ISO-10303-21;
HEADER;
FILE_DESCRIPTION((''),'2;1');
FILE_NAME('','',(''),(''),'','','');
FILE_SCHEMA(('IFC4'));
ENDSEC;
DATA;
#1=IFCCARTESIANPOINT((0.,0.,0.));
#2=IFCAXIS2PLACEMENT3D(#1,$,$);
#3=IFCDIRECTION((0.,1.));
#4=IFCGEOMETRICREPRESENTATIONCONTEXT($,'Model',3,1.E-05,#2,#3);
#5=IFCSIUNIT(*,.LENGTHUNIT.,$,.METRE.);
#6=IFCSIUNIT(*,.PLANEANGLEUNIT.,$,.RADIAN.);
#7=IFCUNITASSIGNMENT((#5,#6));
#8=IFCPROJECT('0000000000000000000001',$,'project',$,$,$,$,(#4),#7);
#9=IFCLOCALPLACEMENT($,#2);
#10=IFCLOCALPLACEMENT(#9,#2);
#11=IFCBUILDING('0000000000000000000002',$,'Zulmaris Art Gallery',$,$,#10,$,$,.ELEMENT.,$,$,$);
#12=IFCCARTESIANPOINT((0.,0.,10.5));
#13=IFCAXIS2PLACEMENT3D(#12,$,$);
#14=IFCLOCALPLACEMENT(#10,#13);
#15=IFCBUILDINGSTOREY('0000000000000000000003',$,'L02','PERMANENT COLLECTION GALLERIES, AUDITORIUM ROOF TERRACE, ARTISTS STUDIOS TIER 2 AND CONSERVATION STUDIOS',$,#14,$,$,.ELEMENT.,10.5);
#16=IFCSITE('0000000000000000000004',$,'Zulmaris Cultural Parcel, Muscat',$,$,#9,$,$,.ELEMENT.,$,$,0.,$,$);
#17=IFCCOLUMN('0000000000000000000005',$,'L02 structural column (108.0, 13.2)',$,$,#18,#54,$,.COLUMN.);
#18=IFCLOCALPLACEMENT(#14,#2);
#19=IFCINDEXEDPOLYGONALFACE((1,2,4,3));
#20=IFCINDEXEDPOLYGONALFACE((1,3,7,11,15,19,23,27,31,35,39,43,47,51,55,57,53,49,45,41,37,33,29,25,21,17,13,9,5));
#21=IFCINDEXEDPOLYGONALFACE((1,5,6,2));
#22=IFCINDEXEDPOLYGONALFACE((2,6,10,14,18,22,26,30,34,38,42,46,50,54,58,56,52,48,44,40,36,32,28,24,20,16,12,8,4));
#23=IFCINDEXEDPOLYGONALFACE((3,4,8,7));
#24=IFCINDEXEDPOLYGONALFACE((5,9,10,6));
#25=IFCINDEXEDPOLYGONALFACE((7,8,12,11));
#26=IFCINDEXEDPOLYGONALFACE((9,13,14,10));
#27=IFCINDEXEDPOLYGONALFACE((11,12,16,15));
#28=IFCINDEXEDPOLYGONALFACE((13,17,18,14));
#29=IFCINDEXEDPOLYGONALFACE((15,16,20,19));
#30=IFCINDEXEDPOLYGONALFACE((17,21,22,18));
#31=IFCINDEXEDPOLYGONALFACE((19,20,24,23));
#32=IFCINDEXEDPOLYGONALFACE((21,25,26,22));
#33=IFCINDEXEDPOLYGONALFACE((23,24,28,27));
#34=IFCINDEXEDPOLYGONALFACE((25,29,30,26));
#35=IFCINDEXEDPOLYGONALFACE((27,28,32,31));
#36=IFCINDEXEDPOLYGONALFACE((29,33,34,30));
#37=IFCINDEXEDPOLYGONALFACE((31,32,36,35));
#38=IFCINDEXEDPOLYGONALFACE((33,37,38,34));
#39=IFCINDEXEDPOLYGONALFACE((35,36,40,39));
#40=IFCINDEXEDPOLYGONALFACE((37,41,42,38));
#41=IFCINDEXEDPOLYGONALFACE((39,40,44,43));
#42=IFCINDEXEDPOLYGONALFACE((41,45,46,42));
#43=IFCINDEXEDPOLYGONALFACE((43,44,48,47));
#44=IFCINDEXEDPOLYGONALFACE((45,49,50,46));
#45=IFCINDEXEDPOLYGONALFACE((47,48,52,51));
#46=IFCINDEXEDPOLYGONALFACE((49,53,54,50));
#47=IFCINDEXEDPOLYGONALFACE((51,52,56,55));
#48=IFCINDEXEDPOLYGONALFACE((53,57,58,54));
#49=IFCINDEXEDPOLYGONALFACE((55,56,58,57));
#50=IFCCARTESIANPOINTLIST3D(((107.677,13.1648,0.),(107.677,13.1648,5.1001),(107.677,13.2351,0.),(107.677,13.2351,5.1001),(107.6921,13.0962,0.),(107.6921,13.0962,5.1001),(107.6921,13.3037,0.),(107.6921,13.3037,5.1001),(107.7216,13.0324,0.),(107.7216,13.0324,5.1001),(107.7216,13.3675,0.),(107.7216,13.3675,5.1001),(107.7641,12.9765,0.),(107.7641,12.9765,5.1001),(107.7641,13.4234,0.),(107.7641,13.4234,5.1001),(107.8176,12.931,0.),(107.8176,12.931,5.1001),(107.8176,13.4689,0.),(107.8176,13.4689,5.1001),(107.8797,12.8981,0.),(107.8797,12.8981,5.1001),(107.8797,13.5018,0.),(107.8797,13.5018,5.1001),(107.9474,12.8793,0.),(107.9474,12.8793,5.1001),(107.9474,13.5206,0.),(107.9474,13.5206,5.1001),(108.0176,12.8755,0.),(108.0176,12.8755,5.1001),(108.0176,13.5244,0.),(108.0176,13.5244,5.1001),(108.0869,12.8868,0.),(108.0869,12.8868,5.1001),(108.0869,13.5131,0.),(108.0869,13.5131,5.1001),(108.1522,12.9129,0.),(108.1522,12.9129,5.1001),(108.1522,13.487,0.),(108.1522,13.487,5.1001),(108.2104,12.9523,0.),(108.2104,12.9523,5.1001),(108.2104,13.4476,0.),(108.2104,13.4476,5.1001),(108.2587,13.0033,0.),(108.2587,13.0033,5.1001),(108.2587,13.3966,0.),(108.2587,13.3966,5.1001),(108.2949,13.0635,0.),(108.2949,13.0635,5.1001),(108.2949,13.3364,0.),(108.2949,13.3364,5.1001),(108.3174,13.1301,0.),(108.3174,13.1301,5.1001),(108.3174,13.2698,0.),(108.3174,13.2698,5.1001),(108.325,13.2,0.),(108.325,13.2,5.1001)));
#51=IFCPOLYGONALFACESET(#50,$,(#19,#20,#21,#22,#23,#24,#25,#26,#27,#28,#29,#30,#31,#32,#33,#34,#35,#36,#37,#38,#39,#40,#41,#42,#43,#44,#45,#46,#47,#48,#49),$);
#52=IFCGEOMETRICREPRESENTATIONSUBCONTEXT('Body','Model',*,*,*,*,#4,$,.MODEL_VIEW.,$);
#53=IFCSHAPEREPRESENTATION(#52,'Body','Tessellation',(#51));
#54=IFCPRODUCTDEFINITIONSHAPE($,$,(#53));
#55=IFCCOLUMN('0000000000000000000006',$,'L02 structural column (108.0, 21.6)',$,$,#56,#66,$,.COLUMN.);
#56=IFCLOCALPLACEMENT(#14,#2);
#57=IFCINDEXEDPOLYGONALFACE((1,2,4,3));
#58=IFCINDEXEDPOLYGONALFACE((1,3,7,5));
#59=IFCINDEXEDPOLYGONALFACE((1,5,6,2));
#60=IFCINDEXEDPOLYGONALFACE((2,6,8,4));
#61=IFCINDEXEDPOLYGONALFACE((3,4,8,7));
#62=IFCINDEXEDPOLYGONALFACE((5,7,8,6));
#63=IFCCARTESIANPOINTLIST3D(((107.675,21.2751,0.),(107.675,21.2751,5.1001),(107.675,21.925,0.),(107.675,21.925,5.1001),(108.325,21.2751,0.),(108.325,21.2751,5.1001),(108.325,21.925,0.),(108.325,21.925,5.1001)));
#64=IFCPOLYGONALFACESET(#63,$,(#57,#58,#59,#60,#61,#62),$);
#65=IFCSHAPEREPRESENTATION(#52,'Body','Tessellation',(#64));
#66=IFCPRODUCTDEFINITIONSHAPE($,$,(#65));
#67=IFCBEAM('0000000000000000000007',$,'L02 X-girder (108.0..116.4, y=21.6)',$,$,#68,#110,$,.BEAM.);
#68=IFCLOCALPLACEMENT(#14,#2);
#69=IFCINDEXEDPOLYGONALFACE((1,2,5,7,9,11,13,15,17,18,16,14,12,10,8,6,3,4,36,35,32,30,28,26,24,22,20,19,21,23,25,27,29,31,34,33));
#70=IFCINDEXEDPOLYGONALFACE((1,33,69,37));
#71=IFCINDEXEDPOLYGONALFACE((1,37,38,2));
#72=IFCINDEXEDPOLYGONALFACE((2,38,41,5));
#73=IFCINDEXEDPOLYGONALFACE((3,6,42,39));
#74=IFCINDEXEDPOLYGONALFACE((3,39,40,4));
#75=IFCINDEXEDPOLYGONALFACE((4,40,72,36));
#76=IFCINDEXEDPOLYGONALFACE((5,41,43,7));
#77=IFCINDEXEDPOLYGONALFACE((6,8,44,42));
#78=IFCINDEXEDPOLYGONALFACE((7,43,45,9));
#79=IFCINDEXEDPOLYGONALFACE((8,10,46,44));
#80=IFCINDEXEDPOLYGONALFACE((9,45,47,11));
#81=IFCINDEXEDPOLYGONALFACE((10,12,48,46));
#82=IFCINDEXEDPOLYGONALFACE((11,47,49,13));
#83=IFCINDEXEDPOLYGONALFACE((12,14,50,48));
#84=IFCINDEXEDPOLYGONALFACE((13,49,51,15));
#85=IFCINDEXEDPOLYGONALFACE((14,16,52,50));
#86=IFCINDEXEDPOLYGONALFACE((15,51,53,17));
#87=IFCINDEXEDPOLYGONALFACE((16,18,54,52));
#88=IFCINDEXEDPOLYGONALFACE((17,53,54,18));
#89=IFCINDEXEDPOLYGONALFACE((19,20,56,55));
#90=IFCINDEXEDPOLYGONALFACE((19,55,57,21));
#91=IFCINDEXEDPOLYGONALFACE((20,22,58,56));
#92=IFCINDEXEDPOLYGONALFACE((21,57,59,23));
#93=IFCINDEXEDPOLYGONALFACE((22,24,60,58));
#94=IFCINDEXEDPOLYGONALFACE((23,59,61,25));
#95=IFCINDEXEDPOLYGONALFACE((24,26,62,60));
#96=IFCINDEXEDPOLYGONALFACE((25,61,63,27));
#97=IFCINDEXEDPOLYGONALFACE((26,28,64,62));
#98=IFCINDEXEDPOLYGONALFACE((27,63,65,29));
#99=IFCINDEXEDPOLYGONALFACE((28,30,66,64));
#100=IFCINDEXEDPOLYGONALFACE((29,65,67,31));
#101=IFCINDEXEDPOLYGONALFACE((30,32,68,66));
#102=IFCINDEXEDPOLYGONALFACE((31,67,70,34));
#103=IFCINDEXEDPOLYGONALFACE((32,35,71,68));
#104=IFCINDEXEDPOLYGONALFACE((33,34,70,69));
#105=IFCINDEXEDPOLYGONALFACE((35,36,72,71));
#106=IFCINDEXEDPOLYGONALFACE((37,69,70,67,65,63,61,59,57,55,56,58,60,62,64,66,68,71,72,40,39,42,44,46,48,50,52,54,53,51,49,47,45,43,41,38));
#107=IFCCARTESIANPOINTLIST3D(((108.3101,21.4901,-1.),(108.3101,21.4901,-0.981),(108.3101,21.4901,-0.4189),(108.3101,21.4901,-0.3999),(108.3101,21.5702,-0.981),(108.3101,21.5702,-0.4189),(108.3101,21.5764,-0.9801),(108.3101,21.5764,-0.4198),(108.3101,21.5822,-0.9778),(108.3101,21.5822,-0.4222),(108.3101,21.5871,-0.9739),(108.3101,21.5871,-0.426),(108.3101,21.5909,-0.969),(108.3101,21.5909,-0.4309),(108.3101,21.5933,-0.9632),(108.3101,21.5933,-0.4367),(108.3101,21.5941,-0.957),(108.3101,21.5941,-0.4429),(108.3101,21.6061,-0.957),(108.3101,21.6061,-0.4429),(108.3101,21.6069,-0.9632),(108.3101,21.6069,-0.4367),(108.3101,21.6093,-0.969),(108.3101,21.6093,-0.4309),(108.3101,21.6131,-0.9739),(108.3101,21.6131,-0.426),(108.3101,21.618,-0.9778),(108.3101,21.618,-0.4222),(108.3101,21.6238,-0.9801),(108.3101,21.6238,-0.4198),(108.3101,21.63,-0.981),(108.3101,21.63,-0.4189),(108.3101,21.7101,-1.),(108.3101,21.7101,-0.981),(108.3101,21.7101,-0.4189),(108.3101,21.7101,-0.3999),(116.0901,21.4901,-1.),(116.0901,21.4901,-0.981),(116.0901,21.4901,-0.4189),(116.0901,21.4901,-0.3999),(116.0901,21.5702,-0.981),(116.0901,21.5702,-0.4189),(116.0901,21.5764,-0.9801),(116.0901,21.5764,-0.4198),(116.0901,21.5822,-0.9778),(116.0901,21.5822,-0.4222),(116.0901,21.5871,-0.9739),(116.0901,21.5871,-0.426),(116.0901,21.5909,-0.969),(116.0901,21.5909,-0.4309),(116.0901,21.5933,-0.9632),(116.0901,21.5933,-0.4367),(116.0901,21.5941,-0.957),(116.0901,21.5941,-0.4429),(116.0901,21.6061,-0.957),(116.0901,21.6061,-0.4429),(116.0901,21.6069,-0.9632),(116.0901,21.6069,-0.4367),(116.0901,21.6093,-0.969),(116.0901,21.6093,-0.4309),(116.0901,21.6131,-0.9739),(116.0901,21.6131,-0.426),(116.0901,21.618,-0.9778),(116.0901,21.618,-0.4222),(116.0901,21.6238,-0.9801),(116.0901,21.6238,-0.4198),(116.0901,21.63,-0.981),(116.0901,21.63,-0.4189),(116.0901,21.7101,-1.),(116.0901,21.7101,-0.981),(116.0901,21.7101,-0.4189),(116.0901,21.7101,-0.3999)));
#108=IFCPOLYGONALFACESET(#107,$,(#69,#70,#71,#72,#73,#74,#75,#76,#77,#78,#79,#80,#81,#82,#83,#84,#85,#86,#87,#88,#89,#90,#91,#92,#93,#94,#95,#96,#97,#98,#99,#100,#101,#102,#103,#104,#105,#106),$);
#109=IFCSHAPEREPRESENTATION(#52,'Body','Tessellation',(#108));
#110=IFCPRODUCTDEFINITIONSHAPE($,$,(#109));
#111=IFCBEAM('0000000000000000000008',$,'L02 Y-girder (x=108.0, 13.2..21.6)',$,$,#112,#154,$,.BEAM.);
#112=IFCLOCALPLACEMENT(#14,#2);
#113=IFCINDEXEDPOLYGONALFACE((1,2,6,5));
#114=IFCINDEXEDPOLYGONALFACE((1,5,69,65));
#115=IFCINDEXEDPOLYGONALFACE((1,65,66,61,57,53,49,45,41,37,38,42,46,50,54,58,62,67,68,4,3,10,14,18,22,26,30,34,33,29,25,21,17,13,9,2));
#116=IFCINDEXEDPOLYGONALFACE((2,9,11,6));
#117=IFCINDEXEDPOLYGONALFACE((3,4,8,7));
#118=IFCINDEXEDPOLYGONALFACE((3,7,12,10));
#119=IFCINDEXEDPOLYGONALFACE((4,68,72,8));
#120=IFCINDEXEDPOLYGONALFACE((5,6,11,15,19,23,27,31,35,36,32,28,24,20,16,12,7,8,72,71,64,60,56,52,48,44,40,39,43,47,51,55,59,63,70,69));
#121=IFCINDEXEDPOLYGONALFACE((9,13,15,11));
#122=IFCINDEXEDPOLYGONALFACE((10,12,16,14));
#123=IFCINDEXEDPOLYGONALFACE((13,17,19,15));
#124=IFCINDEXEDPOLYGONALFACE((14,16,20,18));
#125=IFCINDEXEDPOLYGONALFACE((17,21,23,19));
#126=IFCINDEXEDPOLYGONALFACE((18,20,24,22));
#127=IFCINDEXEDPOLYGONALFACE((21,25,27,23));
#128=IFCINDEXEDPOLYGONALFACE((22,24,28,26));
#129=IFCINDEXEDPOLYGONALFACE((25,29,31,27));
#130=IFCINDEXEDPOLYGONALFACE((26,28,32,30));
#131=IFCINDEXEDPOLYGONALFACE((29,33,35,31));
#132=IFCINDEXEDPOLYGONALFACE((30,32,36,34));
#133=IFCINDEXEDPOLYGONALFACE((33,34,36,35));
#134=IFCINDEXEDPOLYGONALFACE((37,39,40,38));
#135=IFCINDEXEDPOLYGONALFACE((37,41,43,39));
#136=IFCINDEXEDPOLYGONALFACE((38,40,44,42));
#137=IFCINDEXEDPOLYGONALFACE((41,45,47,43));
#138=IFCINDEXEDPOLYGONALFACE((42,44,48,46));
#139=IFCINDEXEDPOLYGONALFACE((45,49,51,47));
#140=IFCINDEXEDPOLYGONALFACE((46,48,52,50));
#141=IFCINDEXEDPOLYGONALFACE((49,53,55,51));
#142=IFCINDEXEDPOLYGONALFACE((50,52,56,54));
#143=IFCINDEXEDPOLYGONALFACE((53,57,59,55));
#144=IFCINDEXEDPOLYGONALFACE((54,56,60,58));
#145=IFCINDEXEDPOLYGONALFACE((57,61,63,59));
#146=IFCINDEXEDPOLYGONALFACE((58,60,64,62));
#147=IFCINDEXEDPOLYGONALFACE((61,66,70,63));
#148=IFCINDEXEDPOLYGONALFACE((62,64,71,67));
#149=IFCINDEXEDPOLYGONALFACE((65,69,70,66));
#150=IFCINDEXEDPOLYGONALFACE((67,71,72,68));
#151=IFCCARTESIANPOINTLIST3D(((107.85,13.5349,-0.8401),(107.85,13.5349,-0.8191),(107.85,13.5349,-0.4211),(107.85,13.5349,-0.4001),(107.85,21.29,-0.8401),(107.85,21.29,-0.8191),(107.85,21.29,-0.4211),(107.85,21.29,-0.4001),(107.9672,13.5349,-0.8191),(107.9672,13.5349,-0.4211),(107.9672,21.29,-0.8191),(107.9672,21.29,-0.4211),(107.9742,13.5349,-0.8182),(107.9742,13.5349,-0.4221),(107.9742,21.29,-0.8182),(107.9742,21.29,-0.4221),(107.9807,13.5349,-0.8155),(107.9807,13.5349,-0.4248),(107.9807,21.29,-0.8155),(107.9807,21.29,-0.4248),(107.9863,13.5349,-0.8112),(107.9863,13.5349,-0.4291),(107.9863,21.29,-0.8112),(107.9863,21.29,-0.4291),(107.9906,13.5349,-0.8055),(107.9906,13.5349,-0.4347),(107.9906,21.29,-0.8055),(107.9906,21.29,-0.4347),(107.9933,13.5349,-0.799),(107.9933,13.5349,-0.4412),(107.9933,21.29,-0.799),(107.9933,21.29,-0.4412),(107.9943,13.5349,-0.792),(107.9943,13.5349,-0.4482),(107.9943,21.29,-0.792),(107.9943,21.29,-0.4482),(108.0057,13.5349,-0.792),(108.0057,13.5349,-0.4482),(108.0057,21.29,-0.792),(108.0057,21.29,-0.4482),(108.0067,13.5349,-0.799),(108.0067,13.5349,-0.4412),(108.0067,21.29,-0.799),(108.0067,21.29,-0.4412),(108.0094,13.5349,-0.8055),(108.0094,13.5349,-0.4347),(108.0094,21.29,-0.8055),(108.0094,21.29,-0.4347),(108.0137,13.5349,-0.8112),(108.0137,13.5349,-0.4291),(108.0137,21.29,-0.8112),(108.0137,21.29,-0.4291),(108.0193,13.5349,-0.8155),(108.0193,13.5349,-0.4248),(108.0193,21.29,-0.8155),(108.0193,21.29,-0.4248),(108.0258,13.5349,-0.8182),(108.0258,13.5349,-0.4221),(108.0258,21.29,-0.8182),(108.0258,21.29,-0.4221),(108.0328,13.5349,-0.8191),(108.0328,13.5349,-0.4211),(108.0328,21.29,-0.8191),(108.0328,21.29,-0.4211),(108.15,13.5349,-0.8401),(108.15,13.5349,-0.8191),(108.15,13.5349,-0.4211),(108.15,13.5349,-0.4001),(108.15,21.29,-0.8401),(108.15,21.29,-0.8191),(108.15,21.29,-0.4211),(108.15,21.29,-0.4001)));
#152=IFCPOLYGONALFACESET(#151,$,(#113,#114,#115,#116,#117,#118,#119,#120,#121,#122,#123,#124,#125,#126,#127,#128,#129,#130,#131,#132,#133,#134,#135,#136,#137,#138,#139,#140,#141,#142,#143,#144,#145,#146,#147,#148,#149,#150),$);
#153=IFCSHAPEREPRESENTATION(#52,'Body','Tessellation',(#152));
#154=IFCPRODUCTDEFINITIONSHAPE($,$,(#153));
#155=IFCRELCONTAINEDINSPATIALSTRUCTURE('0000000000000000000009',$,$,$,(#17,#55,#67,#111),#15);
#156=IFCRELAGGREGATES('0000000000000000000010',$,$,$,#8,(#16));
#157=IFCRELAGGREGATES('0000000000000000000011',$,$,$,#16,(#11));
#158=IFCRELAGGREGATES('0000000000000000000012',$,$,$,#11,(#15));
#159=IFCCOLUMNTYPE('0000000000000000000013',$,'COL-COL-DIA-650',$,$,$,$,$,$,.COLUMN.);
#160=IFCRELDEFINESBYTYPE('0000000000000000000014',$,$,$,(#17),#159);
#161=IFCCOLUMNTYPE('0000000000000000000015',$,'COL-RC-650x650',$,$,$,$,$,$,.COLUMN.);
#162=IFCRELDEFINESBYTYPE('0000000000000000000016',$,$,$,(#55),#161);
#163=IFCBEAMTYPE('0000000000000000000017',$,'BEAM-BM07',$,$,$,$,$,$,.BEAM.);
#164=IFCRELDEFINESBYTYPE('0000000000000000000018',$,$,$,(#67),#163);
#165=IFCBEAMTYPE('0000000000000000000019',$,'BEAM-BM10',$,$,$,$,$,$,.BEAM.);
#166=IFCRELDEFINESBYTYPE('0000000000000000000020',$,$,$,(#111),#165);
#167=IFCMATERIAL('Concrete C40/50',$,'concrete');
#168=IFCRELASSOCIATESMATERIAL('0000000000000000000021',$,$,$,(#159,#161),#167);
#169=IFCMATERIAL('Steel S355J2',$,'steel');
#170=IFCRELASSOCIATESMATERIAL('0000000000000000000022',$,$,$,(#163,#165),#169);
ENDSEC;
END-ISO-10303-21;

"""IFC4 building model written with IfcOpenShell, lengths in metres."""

from ifc_helpers import new_model, si_unit, direction, frame, origin, origin_2d, place, context, subcontext, project, spatial, rectangle, circle, i_section, extrude, material, material_profile, profile_set, type_object, element, save


model = new_model("IFC4")

# Units and contexts
model_context = context("Model", 3, precision=1e-05, world=origin(), true_north=direction((0.0, 1.0)))
body_context = subcontext(model_context, "Body", "Model", "MODEL_VIEW")
ifc_project = project(units=[si_unit("LENGTHUNIT", "METRE"), si_unit("PLANEANGLEUNIT", "RADIAN")], contexts=[model_context])

# Site, building, storey
site_placement = place(None, origin())
site = spatial("IfcSite", under=ifc_project, at=site_placement, Name="Zulmaris Cultural Parcel, Muscat", CompositionType="ELEMENT", RefElevation=0.0)
building_placement = place(site_placement, origin())
building = spatial("IfcBuilding", under=site, at=building_placement, Name="Zulmaris Art Gallery", CompositionType="ELEMENT")
storey_placement = place(building_placement, frame((0.0, 0.0, 10.5)))
storey = spatial("IfcBuildingStorey", under=building, at=storey_placement, Name="L02", Description="PERMANENT COLLECTION GALLERIES, AUDITORIUM ROOF TERRACE, ARTISTS STUDIOS TIER 2 AND CONSERVATION STUDIOS", CompositionType="ELEMENT", Elevation=10.5)

# Columns
ifc_material_1 = material(Name="Concrete C40/50", Category="concrete")
ifc_material_profile_1 = material_profile(ifc_material_1, circle(Radius=0.325, at=origin_2d()), Name="COL DIA 650")
ifc_profile_set_1 = profile_set([ifc_material_profile_1], Name="Concrete C40/50")
column_type_1 = type_object("IfcColumnType", Name="COL-COL-DIA-650", PredefinedType="COLUMN", material=ifc_profile_set_1)
column_1_placement = place(storey_placement, frame((108.0, 13.2, 0.0), z_axis=(0.0, 0.0, 1.0), x_axis=(1.0, 0.0, 0.0)))
element("IfcColumn", 1, at=column_1_placement, inside=storey, type_object=column_type_1, Name="L02 structural column (108.0, 13.2)", PredefinedType="COLUMN", context=body_context, shape_type="SweptSolid", body=[
    extrude(circle(Radius=0.325, at=origin_2d()), origin(), (0.0, 0.0, 1.0), 5.1001),
])
ifc_material_profile_2 = material_profile(ifc_material_1, rectangle(XDim=0.6499, YDim=0.6499, at=origin_2d()), Name="RC 650x650")
ifc_profile_set_2 = profile_set([ifc_material_profile_2], Name="Concrete C40/50")
column_type_2 = type_object("IfcColumnType", Name="COL-RC-650x650", PredefinedType="COLUMN", material=ifc_profile_set_2)
column_2_placement = place(storey_placement, frame((108.0, 21.6001, 0.0), z_axis=(0.0, 0.0, 1.0), x_axis=(1.0, 0.0, 0.0)))
element("IfcColumn", 2, at=column_2_placement, inside=storey, type_object=column_type_2, Name="L02 structural column (108.0, 21.6)", PredefinedType="COLUMN", context=body_context, shape_type="SweptSolid", body=[
    extrude(rectangle(XDim=0.6499, YDim=0.6499, at=origin_2d()), origin(), (0.0, 0.0, 1.0), 5.1001),
])

# Beams
ifc_material_2 = material(Name="Steel S355J2", Category="steel")
ifc_material_profile_3 = material_profile(ifc_material_2, i_section(OverallWidth=0.22, OverallDepth=0.6001, WebThickness=0.012, FlangeThickness=0.019, FilletRadius=0.0239, at=origin_2d()), Name="IPE 600")
ifc_profile_set_3 = profile_set([ifc_material_profile_3], Name="Steel S355J2")
beam_type_1 = type_object("IfcBeamType", Name="BEAM-BM07", PredefinedType="BEAM", material=ifc_profile_set_3)
beam_1_placement = place(storey_placement, frame((108.3101, 21.6001, -0.7), z_axis=(1.0, 0.0, 0.0), x_axis=(0.0, 1.0, 0.0)))
element("IfcBeam", 3, at=beam_1_placement, inside=storey, type_object=beam_type_1, Name="L02 X-girder (108.0..116.4, y=21.6)", PredefinedType="BEAM", context=body_context, shape_type="SweptSolid", body=[
    extrude(i_section(OverallWidth=0.22, OverallDepth=0.6001, WebThickness=0.012, FlangeThickness=0.019, FilletRadius=0.0239, at=origin_2d()), origin(), (0.0, 0.0, 1.0), 7.78),
])
ifc_material_profile_4 = material_profile(ifc_material_2, i_section(OverallWidth=0.3, OverallDepth=0.4399, WebThickness=0.0115, FlangeThickness=0.021, FilletRadius=0.0271, at=origin_2d()), Name="HEA 450")
ifc_profile_set_4 = profile_set([ifc_material_profile_4], Name="Steel S355J2")
beam_type_2 = type_object("IfcBeamType", Name="BEAM-BM10", PredefinedType="BEAM", material=ifc_profile_set_4)
beam_2_placement = place(storey_placement, frame((108.0, 13.5349, -0.6201), z_axis=(0.0, 1.0, 0.0), x_axis=(-1.0, 0.0, 0.0)))
element("IfcBeam", 4, at=beam_2_placement, inside=storey, type_object=beam_type_2, Name="L02 Y-girder (x=108.0, 13.2..21.6)", PredefinedType="BEAM", context=body_context, shape_type="SweptSolid", body=[
    extrude(i_section(OverallWidth=0.3, OverallDepth=0.4399, WebThickness=0.0115, FlangeThickness=0.021, FilletRadius=0.0271, at=origin_2d()), origin(), (0.0, 0.0, 1.0), 7.7551),
])

save(model, "model.ifc")
